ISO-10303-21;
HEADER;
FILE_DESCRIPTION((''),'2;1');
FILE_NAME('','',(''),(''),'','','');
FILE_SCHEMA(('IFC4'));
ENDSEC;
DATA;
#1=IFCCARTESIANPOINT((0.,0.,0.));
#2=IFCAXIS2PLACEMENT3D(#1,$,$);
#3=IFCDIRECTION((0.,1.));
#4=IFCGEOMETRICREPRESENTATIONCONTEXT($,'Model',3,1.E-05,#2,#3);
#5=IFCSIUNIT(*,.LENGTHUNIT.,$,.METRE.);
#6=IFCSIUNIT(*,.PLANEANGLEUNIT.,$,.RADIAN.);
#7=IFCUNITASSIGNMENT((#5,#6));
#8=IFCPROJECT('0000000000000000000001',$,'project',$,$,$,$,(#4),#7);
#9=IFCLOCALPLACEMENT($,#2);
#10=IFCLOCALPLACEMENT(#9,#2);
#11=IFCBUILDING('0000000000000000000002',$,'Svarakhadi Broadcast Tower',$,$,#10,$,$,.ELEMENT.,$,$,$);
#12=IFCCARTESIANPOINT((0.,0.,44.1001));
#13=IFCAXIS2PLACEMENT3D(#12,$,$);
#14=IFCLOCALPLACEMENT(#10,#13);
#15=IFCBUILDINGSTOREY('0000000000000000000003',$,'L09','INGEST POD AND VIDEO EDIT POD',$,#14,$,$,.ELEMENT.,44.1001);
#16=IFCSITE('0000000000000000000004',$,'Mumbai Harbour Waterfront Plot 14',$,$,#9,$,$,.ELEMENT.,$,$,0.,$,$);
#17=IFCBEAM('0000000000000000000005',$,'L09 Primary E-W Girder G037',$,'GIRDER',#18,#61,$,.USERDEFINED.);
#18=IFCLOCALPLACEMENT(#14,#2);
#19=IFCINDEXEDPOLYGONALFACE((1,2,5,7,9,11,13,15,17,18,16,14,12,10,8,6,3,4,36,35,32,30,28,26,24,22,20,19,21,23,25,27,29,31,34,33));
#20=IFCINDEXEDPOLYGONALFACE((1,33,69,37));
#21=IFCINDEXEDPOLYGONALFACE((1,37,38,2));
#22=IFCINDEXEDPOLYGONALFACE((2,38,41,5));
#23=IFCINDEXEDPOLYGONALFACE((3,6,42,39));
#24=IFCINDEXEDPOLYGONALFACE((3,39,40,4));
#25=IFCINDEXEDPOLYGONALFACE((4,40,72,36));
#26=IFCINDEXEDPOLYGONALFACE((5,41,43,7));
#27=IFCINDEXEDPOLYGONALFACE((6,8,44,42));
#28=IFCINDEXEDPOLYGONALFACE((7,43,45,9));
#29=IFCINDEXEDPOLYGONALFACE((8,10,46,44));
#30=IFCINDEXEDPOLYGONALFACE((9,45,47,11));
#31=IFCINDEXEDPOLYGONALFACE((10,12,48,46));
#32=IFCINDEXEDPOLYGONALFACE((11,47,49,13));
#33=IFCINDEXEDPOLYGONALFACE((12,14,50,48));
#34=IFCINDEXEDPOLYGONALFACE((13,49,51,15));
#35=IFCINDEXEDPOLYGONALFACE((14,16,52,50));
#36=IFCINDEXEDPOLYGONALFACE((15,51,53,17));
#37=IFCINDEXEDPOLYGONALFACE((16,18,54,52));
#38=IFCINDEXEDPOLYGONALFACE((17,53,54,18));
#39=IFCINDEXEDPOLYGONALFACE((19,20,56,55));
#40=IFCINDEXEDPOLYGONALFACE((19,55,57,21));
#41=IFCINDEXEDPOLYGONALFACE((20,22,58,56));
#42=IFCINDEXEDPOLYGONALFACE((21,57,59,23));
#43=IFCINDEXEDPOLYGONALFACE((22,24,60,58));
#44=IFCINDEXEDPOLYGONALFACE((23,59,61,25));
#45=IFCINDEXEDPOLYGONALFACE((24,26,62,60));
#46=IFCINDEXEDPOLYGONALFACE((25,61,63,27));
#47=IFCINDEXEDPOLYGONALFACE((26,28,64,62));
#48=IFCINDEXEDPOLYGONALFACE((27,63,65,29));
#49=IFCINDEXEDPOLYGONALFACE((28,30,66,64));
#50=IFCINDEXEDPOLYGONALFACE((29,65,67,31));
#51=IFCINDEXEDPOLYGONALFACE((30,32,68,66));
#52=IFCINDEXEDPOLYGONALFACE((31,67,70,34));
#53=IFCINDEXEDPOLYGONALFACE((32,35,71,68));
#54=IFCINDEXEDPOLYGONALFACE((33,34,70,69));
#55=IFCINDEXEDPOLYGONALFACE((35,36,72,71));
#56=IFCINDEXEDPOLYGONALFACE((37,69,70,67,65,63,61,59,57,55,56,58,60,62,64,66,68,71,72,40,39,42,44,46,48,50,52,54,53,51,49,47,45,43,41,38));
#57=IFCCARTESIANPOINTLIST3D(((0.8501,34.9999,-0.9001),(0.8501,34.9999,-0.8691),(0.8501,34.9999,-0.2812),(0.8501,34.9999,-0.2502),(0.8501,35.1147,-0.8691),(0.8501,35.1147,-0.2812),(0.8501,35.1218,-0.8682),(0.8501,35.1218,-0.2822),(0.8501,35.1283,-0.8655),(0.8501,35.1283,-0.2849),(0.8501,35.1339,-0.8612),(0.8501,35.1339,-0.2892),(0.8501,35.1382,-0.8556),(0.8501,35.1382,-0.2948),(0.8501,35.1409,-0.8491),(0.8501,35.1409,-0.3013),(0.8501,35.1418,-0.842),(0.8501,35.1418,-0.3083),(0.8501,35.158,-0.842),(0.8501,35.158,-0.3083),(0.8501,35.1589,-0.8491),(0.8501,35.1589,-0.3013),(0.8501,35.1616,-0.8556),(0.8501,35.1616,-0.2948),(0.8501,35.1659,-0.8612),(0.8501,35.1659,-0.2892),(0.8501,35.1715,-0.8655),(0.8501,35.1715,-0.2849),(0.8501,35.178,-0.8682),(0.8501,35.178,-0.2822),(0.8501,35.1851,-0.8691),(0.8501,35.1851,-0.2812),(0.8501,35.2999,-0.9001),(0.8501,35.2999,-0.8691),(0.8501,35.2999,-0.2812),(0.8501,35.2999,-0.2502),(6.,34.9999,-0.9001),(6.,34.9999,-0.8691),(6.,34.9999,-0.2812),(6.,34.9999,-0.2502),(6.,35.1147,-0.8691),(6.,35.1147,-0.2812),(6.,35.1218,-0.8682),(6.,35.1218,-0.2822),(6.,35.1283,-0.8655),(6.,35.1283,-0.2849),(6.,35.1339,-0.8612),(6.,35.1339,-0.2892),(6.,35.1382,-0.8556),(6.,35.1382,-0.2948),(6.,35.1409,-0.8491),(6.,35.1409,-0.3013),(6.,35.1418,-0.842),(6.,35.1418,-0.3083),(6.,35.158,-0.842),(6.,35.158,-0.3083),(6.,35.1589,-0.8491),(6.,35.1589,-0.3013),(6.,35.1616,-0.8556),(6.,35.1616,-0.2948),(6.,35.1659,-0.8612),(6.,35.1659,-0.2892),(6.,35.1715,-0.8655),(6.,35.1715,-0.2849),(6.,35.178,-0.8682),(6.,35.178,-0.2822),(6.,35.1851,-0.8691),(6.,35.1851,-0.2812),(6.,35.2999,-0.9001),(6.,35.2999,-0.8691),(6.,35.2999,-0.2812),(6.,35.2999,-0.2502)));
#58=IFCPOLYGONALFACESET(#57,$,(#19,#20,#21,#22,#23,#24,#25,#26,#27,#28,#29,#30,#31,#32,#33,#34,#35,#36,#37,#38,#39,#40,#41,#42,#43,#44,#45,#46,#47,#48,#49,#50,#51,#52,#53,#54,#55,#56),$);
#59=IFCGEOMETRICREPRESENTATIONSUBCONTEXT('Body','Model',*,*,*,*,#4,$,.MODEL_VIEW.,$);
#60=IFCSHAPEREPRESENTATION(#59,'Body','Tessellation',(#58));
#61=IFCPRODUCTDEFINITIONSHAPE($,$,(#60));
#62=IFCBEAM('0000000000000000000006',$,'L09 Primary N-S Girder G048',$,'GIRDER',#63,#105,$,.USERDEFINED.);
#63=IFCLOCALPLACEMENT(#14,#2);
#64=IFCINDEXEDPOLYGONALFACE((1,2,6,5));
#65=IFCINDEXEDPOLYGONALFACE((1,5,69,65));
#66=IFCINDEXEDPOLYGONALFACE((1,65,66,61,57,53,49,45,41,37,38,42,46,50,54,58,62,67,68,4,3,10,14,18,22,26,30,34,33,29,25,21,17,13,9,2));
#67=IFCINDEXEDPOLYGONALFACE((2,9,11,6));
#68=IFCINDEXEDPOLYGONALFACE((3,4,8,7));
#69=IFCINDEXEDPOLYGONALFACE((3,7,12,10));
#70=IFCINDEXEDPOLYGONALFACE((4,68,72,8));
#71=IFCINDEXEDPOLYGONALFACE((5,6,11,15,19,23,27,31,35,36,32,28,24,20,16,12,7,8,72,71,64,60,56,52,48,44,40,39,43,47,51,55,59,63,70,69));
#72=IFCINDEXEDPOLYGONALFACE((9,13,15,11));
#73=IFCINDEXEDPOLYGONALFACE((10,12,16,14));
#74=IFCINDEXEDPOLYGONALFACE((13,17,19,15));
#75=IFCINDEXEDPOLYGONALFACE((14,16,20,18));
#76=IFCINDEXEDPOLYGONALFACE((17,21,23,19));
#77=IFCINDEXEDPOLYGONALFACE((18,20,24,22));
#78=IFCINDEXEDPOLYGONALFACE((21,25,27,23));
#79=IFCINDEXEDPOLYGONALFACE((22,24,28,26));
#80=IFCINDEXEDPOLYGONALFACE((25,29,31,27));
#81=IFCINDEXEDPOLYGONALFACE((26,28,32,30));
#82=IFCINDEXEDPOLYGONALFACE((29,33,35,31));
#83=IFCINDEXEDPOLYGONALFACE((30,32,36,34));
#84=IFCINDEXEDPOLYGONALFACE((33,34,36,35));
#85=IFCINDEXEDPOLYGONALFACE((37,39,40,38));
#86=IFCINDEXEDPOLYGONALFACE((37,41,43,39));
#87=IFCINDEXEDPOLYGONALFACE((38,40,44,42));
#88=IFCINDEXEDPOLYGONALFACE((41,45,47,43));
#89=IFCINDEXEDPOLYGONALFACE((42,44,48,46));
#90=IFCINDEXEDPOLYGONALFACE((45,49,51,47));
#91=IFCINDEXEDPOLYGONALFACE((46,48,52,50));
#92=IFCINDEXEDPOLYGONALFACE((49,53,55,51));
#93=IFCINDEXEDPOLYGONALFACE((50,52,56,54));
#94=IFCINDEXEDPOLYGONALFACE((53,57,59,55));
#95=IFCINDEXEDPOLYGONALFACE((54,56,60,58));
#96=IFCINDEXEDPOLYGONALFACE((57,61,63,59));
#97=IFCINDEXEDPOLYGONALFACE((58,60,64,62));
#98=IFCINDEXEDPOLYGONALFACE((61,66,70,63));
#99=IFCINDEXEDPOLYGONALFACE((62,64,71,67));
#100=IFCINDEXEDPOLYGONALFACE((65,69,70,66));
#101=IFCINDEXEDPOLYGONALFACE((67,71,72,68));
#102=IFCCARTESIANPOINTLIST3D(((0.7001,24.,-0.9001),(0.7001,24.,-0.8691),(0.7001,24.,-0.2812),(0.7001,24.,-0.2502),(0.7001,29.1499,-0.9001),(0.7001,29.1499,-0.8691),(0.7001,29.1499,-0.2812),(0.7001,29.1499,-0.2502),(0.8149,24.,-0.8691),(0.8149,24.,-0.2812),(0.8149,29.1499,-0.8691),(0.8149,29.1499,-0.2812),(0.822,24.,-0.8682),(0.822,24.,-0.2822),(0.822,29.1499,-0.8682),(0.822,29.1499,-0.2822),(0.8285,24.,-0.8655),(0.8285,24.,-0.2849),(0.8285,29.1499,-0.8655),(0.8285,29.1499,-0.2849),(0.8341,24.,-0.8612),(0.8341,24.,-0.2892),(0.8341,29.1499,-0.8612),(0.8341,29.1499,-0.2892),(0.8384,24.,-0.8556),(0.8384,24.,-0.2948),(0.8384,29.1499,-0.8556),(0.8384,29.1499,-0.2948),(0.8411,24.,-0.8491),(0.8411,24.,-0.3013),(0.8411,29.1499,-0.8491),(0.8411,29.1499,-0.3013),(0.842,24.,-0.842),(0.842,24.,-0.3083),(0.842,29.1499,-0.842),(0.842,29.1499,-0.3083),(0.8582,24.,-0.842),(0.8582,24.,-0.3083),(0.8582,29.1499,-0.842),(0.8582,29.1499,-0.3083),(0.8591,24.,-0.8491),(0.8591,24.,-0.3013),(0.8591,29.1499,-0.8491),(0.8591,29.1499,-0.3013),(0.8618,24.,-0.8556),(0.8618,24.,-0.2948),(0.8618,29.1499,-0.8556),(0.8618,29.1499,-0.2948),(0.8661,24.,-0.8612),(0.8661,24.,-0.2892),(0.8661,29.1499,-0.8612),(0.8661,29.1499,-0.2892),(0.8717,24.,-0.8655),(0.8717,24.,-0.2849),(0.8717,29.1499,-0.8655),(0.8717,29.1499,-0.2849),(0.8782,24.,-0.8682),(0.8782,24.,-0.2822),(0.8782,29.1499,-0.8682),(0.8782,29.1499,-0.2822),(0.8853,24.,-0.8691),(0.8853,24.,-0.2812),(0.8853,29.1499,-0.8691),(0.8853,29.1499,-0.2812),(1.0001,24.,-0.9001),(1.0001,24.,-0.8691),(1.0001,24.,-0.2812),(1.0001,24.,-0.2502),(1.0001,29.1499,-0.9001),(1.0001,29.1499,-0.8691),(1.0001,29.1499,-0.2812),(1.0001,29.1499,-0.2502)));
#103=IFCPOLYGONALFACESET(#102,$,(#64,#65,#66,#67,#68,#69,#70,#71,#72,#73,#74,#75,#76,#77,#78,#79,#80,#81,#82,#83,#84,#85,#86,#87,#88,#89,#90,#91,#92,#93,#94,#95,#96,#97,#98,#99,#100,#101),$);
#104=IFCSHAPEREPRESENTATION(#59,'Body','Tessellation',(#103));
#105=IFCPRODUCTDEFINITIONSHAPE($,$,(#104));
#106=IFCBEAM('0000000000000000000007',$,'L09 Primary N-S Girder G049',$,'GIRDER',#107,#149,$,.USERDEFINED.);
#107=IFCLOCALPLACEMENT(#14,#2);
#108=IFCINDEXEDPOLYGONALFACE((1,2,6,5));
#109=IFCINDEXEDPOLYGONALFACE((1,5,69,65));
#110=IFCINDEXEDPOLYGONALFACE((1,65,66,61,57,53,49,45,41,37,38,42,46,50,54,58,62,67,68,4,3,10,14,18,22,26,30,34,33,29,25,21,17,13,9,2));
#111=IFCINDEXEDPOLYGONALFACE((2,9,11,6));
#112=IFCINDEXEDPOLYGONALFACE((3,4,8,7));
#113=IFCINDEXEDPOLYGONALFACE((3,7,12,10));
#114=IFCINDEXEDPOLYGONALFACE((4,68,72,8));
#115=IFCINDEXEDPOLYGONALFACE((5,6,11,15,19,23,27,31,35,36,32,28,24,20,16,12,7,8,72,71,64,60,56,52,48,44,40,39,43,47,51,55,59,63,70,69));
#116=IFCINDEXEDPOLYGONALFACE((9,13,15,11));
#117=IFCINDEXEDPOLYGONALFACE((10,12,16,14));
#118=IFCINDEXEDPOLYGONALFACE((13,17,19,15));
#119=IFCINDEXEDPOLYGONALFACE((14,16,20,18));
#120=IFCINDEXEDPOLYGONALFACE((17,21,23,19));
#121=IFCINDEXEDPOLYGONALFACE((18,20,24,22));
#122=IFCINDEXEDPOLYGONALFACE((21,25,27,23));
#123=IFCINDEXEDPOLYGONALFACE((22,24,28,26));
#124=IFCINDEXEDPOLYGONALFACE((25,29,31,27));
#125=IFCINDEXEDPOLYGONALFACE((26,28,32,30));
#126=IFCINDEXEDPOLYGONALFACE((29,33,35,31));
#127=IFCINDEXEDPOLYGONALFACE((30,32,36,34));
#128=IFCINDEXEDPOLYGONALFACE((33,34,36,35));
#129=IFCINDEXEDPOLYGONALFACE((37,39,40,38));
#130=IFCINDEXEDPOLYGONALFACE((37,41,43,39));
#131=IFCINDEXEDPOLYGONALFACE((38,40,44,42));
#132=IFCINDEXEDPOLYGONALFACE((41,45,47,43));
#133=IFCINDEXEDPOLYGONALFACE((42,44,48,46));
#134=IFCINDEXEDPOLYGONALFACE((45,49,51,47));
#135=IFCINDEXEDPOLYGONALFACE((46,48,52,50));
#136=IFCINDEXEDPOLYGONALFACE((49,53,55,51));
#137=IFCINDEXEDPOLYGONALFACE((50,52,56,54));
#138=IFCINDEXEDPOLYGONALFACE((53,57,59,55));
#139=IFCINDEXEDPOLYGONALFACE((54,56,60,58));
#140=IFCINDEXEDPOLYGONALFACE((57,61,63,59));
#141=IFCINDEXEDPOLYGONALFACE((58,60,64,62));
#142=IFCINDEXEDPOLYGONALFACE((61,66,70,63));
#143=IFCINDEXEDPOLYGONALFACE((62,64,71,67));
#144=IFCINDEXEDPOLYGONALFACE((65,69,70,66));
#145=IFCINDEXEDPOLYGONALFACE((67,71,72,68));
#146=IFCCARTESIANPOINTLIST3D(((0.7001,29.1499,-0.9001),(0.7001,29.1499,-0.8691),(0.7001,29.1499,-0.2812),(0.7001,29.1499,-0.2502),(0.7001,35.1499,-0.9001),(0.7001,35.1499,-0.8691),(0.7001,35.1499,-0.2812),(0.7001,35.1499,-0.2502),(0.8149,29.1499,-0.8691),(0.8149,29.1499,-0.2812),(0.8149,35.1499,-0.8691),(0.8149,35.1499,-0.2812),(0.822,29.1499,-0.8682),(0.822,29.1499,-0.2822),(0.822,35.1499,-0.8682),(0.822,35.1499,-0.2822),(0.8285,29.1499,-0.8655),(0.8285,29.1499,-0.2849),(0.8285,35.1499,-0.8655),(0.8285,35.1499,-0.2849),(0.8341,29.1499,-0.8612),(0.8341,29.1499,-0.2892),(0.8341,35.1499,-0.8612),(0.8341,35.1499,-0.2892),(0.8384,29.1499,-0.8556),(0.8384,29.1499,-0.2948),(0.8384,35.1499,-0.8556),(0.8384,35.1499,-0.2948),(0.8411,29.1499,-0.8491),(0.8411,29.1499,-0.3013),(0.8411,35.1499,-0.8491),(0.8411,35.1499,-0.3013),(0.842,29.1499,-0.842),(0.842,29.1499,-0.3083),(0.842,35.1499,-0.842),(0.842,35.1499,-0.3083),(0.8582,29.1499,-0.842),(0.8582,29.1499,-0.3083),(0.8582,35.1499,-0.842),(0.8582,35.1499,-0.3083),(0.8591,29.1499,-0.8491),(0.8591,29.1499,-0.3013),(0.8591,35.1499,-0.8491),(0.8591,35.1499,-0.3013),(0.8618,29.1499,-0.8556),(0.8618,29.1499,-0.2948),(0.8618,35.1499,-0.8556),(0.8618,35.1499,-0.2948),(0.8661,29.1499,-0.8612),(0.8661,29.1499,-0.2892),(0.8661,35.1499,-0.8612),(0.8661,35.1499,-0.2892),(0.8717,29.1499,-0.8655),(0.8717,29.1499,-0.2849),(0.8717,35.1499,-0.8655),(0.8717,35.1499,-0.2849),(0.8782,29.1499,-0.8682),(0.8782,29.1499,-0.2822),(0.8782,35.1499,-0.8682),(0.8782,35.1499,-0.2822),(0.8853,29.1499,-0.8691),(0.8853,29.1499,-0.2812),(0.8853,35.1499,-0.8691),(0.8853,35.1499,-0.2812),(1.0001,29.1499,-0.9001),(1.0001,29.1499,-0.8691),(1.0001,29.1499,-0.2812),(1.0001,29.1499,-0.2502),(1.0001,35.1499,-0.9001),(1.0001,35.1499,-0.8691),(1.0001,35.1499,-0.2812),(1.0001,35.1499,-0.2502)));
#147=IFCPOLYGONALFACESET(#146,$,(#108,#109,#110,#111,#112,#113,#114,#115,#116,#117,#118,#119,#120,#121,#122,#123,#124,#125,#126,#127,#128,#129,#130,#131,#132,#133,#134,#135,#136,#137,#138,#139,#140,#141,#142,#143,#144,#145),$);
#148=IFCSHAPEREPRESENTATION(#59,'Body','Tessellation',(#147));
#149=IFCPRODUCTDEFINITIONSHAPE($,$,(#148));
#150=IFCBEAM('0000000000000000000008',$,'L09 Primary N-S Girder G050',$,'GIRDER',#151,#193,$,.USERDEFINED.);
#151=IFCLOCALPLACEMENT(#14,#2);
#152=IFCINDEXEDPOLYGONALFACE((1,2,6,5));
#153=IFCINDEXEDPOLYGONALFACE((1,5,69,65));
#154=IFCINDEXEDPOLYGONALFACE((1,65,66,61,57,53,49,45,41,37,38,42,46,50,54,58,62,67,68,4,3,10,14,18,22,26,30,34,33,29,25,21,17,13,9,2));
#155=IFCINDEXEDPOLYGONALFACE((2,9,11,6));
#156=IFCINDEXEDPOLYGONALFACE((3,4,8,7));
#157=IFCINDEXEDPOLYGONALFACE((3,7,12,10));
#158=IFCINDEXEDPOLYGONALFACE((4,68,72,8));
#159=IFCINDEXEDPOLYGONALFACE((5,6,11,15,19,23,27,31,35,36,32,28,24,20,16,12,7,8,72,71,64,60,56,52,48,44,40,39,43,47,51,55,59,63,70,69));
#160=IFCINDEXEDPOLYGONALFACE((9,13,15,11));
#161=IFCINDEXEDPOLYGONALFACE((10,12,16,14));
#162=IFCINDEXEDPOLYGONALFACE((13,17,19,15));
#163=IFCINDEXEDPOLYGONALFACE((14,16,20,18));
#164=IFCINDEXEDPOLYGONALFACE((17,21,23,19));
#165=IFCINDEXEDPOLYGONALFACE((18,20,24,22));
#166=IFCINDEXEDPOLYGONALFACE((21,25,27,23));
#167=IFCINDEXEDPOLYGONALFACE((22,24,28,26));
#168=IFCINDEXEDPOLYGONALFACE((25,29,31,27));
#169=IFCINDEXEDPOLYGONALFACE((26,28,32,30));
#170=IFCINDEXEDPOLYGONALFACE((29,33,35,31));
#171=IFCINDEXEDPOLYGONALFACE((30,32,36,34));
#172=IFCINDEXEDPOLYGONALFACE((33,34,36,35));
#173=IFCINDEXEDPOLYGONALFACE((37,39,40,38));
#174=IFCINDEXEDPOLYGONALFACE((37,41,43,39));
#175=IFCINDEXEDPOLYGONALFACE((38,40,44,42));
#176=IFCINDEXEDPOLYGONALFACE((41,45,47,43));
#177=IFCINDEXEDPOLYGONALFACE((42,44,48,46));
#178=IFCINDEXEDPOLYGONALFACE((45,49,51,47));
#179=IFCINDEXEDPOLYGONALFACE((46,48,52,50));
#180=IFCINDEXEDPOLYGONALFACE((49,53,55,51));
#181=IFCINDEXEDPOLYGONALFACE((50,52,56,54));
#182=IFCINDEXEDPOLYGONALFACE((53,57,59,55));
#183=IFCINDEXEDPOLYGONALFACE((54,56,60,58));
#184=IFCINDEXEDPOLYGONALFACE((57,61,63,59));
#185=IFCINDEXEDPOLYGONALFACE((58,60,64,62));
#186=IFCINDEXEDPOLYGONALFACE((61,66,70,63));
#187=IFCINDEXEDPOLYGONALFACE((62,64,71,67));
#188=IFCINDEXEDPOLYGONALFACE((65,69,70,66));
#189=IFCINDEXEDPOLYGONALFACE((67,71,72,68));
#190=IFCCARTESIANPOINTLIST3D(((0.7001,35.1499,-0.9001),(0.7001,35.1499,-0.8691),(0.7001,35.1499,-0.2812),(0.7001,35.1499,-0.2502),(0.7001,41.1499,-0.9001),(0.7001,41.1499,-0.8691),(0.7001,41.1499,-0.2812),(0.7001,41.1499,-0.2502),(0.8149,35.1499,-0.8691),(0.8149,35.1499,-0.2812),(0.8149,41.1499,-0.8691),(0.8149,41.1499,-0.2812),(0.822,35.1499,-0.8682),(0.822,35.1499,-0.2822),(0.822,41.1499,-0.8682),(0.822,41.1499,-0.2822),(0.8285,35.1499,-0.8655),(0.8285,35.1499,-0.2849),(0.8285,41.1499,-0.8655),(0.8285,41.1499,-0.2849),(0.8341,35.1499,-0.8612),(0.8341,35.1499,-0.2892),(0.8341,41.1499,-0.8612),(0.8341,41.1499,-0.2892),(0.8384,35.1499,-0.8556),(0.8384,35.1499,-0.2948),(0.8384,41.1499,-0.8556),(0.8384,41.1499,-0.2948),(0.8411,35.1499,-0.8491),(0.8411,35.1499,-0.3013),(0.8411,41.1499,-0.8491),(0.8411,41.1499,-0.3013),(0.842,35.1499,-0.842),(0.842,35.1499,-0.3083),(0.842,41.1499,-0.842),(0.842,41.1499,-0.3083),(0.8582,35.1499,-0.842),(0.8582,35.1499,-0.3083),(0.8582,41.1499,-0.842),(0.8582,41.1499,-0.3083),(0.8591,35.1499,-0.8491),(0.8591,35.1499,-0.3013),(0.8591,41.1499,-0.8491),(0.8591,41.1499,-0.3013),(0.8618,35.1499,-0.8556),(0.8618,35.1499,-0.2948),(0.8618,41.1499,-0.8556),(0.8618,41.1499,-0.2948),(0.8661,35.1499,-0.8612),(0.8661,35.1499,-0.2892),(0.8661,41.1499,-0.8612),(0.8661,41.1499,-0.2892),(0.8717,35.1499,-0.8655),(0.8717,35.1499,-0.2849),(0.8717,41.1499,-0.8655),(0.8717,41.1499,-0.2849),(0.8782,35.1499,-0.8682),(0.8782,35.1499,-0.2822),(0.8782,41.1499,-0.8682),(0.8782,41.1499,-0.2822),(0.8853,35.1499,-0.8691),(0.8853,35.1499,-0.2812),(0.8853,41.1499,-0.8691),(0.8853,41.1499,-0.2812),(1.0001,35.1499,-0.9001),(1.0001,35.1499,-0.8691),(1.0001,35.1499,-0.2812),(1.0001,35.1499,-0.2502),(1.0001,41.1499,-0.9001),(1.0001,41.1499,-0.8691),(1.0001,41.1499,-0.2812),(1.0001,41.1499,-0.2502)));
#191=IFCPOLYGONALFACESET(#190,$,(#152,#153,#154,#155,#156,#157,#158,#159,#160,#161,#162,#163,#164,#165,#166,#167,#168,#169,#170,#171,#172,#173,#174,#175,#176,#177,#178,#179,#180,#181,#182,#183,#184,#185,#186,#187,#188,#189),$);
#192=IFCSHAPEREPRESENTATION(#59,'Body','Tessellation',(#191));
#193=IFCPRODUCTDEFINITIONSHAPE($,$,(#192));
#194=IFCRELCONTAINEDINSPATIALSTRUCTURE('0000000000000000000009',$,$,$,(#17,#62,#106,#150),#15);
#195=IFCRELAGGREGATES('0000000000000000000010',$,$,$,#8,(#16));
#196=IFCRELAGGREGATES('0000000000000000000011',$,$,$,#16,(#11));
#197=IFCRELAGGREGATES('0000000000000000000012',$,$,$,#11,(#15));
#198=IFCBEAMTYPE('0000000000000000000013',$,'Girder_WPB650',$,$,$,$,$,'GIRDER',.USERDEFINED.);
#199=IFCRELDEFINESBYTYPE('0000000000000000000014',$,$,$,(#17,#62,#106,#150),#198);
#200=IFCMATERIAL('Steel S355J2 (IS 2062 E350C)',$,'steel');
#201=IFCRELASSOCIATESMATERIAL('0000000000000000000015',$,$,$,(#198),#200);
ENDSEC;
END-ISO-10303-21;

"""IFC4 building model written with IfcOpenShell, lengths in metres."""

from ifc_helpers import new_model, si_unit, direction, frame, origin, origin_2d, place, context, subcontext, project, spatial, i_section, extrude, material, material_profile, profile_set, type_object, element, save


model = new_model("IFC4")

# Units and contexts
model_context = context("Model", 3, precision=1e-05, world=origin(), true_north=direction((0.0, 1.0)))
body_context = subcontext(model_context, "Body", "Model", "MODEL_VIEW")
ifc_project = project(units=[si_unit("LENGTHUNIT", "METRE"), si_unit("PLANEANGLEUNIT", "RADIAN")], contexts=[model_context])

# Site, building, storey
site_placement = place(None, origin())
site = spatial("IfcSite", under=ifc_project, at=site_placement, Name="Mumbai Harbour Waterfront Plot 14", CompositionType="ELEMENT", RefElevation=0.0)
building_placement = place(site_placement, origin())
building = spatial("IfcBuilding", under=site, at=building_placement, Name="Svarakhadi Broadcast Tower", CompositionType="ELEMENT")
storey_placement = place(building_placement, frame((0.0, 0.0, 44.1001)))
storey = spatial("IfcBuildingStorey", under=building, at=storey_placement, Name="L09", Description="INGEST POD AND VIDEO EDIT POD", CompositionType="ELEMENT", Elevation=44.1001)

# Shared definitions
ifc_material_1 = material(Name="Steel S355J2 (IS 2062 E350C)", Category="steel")

# Beams
ifc_material_profile_1 = material_profile(ifc_material_1, i_section(OverallWidth=0.3, OverallDepth=0.6499, WebThickness=0.0161, FlangeThickness=0.031, FilletRadius=0.0271, at=origin_2d()), Name="WPB 650x300x225")
ifc_profile_set_1 = profile_set([ifc_material_profile_1], Name="Steel S355J2 (IS 2062 E350C)")
beam_type_1 = type_object("IfcBeamType", Name="Girder_WPB650", ElementType="GIRDER", PredefinedType="USERDEFINED", material=ifc_profile_set_1)
for number, where, z_axis, x_axis, name in (
    (1, (0.8501, 35.1499, -0.5752), (1.0, 0.0, 0.0), (0.0, 1.0, 0.0), "L09 Primary E-W Girder G037"),
    (2, (0.8501, 24.0, -0.5752), (0.0, 1.0, 0.0), (-1.0, 0.0, 0.0), "L09 Primary N-S Girder G048"),
):
    element("IfcBeam", number, at=place(storey_placement, frame(where, z_axis=z_axis, x_axis=x_axis)), inside=storey, type_object=beam_type_1, Name=name, ObjectType="GIRDER", PredefinedType="USERDEFINED", context=body_context, shape_type="SweptSolid", body=[
        extrude(i_section(OverallWidth=0.3, OverallDepth=0.6499, WebThickness=0.0161, FlangeThickness=0.031, FilletRadius=0.0271, at=origin_2d()), origin(), (0.0, 0.0, 1.0), 5.1499),
    ])
for number, where, z_axis, x_axis, name in (
    (3, (0.8501, 29.1499, -0.5752), (0.0, 1.0, 0.0), (-1.0, 0.0, 0.0), "L09 Primary N-S Girder G049"),
    (4, (0.8501, 35.1499, -0.5752), (0.0, 1.0, 0.0), (-1.0, 0.0, 0.0), "L09 Primary N-S Girder G050"),
):
    element("IfcBeam", number, at=place(storey_placement, frame(where, z_axis=z_axis, x_axis=x_axis)), inside=storey, type_object=beam_type_1, Name=name, ObjectType="GIRDER", PredefinedType="USERDEFINED", context=body_context, shape_type="SweptSolid", body=[
        extrude(i_section(OverallWidth=0.3, OverallDepth=0.6499, WebThickness=0.0161, FlangeThickness=0.031, FilletRadius=0.0271, at=origin_2d()), origin(), (0.0, 0.0, 1.0), 6.0),
    ])

save(model, "model.ifc")
